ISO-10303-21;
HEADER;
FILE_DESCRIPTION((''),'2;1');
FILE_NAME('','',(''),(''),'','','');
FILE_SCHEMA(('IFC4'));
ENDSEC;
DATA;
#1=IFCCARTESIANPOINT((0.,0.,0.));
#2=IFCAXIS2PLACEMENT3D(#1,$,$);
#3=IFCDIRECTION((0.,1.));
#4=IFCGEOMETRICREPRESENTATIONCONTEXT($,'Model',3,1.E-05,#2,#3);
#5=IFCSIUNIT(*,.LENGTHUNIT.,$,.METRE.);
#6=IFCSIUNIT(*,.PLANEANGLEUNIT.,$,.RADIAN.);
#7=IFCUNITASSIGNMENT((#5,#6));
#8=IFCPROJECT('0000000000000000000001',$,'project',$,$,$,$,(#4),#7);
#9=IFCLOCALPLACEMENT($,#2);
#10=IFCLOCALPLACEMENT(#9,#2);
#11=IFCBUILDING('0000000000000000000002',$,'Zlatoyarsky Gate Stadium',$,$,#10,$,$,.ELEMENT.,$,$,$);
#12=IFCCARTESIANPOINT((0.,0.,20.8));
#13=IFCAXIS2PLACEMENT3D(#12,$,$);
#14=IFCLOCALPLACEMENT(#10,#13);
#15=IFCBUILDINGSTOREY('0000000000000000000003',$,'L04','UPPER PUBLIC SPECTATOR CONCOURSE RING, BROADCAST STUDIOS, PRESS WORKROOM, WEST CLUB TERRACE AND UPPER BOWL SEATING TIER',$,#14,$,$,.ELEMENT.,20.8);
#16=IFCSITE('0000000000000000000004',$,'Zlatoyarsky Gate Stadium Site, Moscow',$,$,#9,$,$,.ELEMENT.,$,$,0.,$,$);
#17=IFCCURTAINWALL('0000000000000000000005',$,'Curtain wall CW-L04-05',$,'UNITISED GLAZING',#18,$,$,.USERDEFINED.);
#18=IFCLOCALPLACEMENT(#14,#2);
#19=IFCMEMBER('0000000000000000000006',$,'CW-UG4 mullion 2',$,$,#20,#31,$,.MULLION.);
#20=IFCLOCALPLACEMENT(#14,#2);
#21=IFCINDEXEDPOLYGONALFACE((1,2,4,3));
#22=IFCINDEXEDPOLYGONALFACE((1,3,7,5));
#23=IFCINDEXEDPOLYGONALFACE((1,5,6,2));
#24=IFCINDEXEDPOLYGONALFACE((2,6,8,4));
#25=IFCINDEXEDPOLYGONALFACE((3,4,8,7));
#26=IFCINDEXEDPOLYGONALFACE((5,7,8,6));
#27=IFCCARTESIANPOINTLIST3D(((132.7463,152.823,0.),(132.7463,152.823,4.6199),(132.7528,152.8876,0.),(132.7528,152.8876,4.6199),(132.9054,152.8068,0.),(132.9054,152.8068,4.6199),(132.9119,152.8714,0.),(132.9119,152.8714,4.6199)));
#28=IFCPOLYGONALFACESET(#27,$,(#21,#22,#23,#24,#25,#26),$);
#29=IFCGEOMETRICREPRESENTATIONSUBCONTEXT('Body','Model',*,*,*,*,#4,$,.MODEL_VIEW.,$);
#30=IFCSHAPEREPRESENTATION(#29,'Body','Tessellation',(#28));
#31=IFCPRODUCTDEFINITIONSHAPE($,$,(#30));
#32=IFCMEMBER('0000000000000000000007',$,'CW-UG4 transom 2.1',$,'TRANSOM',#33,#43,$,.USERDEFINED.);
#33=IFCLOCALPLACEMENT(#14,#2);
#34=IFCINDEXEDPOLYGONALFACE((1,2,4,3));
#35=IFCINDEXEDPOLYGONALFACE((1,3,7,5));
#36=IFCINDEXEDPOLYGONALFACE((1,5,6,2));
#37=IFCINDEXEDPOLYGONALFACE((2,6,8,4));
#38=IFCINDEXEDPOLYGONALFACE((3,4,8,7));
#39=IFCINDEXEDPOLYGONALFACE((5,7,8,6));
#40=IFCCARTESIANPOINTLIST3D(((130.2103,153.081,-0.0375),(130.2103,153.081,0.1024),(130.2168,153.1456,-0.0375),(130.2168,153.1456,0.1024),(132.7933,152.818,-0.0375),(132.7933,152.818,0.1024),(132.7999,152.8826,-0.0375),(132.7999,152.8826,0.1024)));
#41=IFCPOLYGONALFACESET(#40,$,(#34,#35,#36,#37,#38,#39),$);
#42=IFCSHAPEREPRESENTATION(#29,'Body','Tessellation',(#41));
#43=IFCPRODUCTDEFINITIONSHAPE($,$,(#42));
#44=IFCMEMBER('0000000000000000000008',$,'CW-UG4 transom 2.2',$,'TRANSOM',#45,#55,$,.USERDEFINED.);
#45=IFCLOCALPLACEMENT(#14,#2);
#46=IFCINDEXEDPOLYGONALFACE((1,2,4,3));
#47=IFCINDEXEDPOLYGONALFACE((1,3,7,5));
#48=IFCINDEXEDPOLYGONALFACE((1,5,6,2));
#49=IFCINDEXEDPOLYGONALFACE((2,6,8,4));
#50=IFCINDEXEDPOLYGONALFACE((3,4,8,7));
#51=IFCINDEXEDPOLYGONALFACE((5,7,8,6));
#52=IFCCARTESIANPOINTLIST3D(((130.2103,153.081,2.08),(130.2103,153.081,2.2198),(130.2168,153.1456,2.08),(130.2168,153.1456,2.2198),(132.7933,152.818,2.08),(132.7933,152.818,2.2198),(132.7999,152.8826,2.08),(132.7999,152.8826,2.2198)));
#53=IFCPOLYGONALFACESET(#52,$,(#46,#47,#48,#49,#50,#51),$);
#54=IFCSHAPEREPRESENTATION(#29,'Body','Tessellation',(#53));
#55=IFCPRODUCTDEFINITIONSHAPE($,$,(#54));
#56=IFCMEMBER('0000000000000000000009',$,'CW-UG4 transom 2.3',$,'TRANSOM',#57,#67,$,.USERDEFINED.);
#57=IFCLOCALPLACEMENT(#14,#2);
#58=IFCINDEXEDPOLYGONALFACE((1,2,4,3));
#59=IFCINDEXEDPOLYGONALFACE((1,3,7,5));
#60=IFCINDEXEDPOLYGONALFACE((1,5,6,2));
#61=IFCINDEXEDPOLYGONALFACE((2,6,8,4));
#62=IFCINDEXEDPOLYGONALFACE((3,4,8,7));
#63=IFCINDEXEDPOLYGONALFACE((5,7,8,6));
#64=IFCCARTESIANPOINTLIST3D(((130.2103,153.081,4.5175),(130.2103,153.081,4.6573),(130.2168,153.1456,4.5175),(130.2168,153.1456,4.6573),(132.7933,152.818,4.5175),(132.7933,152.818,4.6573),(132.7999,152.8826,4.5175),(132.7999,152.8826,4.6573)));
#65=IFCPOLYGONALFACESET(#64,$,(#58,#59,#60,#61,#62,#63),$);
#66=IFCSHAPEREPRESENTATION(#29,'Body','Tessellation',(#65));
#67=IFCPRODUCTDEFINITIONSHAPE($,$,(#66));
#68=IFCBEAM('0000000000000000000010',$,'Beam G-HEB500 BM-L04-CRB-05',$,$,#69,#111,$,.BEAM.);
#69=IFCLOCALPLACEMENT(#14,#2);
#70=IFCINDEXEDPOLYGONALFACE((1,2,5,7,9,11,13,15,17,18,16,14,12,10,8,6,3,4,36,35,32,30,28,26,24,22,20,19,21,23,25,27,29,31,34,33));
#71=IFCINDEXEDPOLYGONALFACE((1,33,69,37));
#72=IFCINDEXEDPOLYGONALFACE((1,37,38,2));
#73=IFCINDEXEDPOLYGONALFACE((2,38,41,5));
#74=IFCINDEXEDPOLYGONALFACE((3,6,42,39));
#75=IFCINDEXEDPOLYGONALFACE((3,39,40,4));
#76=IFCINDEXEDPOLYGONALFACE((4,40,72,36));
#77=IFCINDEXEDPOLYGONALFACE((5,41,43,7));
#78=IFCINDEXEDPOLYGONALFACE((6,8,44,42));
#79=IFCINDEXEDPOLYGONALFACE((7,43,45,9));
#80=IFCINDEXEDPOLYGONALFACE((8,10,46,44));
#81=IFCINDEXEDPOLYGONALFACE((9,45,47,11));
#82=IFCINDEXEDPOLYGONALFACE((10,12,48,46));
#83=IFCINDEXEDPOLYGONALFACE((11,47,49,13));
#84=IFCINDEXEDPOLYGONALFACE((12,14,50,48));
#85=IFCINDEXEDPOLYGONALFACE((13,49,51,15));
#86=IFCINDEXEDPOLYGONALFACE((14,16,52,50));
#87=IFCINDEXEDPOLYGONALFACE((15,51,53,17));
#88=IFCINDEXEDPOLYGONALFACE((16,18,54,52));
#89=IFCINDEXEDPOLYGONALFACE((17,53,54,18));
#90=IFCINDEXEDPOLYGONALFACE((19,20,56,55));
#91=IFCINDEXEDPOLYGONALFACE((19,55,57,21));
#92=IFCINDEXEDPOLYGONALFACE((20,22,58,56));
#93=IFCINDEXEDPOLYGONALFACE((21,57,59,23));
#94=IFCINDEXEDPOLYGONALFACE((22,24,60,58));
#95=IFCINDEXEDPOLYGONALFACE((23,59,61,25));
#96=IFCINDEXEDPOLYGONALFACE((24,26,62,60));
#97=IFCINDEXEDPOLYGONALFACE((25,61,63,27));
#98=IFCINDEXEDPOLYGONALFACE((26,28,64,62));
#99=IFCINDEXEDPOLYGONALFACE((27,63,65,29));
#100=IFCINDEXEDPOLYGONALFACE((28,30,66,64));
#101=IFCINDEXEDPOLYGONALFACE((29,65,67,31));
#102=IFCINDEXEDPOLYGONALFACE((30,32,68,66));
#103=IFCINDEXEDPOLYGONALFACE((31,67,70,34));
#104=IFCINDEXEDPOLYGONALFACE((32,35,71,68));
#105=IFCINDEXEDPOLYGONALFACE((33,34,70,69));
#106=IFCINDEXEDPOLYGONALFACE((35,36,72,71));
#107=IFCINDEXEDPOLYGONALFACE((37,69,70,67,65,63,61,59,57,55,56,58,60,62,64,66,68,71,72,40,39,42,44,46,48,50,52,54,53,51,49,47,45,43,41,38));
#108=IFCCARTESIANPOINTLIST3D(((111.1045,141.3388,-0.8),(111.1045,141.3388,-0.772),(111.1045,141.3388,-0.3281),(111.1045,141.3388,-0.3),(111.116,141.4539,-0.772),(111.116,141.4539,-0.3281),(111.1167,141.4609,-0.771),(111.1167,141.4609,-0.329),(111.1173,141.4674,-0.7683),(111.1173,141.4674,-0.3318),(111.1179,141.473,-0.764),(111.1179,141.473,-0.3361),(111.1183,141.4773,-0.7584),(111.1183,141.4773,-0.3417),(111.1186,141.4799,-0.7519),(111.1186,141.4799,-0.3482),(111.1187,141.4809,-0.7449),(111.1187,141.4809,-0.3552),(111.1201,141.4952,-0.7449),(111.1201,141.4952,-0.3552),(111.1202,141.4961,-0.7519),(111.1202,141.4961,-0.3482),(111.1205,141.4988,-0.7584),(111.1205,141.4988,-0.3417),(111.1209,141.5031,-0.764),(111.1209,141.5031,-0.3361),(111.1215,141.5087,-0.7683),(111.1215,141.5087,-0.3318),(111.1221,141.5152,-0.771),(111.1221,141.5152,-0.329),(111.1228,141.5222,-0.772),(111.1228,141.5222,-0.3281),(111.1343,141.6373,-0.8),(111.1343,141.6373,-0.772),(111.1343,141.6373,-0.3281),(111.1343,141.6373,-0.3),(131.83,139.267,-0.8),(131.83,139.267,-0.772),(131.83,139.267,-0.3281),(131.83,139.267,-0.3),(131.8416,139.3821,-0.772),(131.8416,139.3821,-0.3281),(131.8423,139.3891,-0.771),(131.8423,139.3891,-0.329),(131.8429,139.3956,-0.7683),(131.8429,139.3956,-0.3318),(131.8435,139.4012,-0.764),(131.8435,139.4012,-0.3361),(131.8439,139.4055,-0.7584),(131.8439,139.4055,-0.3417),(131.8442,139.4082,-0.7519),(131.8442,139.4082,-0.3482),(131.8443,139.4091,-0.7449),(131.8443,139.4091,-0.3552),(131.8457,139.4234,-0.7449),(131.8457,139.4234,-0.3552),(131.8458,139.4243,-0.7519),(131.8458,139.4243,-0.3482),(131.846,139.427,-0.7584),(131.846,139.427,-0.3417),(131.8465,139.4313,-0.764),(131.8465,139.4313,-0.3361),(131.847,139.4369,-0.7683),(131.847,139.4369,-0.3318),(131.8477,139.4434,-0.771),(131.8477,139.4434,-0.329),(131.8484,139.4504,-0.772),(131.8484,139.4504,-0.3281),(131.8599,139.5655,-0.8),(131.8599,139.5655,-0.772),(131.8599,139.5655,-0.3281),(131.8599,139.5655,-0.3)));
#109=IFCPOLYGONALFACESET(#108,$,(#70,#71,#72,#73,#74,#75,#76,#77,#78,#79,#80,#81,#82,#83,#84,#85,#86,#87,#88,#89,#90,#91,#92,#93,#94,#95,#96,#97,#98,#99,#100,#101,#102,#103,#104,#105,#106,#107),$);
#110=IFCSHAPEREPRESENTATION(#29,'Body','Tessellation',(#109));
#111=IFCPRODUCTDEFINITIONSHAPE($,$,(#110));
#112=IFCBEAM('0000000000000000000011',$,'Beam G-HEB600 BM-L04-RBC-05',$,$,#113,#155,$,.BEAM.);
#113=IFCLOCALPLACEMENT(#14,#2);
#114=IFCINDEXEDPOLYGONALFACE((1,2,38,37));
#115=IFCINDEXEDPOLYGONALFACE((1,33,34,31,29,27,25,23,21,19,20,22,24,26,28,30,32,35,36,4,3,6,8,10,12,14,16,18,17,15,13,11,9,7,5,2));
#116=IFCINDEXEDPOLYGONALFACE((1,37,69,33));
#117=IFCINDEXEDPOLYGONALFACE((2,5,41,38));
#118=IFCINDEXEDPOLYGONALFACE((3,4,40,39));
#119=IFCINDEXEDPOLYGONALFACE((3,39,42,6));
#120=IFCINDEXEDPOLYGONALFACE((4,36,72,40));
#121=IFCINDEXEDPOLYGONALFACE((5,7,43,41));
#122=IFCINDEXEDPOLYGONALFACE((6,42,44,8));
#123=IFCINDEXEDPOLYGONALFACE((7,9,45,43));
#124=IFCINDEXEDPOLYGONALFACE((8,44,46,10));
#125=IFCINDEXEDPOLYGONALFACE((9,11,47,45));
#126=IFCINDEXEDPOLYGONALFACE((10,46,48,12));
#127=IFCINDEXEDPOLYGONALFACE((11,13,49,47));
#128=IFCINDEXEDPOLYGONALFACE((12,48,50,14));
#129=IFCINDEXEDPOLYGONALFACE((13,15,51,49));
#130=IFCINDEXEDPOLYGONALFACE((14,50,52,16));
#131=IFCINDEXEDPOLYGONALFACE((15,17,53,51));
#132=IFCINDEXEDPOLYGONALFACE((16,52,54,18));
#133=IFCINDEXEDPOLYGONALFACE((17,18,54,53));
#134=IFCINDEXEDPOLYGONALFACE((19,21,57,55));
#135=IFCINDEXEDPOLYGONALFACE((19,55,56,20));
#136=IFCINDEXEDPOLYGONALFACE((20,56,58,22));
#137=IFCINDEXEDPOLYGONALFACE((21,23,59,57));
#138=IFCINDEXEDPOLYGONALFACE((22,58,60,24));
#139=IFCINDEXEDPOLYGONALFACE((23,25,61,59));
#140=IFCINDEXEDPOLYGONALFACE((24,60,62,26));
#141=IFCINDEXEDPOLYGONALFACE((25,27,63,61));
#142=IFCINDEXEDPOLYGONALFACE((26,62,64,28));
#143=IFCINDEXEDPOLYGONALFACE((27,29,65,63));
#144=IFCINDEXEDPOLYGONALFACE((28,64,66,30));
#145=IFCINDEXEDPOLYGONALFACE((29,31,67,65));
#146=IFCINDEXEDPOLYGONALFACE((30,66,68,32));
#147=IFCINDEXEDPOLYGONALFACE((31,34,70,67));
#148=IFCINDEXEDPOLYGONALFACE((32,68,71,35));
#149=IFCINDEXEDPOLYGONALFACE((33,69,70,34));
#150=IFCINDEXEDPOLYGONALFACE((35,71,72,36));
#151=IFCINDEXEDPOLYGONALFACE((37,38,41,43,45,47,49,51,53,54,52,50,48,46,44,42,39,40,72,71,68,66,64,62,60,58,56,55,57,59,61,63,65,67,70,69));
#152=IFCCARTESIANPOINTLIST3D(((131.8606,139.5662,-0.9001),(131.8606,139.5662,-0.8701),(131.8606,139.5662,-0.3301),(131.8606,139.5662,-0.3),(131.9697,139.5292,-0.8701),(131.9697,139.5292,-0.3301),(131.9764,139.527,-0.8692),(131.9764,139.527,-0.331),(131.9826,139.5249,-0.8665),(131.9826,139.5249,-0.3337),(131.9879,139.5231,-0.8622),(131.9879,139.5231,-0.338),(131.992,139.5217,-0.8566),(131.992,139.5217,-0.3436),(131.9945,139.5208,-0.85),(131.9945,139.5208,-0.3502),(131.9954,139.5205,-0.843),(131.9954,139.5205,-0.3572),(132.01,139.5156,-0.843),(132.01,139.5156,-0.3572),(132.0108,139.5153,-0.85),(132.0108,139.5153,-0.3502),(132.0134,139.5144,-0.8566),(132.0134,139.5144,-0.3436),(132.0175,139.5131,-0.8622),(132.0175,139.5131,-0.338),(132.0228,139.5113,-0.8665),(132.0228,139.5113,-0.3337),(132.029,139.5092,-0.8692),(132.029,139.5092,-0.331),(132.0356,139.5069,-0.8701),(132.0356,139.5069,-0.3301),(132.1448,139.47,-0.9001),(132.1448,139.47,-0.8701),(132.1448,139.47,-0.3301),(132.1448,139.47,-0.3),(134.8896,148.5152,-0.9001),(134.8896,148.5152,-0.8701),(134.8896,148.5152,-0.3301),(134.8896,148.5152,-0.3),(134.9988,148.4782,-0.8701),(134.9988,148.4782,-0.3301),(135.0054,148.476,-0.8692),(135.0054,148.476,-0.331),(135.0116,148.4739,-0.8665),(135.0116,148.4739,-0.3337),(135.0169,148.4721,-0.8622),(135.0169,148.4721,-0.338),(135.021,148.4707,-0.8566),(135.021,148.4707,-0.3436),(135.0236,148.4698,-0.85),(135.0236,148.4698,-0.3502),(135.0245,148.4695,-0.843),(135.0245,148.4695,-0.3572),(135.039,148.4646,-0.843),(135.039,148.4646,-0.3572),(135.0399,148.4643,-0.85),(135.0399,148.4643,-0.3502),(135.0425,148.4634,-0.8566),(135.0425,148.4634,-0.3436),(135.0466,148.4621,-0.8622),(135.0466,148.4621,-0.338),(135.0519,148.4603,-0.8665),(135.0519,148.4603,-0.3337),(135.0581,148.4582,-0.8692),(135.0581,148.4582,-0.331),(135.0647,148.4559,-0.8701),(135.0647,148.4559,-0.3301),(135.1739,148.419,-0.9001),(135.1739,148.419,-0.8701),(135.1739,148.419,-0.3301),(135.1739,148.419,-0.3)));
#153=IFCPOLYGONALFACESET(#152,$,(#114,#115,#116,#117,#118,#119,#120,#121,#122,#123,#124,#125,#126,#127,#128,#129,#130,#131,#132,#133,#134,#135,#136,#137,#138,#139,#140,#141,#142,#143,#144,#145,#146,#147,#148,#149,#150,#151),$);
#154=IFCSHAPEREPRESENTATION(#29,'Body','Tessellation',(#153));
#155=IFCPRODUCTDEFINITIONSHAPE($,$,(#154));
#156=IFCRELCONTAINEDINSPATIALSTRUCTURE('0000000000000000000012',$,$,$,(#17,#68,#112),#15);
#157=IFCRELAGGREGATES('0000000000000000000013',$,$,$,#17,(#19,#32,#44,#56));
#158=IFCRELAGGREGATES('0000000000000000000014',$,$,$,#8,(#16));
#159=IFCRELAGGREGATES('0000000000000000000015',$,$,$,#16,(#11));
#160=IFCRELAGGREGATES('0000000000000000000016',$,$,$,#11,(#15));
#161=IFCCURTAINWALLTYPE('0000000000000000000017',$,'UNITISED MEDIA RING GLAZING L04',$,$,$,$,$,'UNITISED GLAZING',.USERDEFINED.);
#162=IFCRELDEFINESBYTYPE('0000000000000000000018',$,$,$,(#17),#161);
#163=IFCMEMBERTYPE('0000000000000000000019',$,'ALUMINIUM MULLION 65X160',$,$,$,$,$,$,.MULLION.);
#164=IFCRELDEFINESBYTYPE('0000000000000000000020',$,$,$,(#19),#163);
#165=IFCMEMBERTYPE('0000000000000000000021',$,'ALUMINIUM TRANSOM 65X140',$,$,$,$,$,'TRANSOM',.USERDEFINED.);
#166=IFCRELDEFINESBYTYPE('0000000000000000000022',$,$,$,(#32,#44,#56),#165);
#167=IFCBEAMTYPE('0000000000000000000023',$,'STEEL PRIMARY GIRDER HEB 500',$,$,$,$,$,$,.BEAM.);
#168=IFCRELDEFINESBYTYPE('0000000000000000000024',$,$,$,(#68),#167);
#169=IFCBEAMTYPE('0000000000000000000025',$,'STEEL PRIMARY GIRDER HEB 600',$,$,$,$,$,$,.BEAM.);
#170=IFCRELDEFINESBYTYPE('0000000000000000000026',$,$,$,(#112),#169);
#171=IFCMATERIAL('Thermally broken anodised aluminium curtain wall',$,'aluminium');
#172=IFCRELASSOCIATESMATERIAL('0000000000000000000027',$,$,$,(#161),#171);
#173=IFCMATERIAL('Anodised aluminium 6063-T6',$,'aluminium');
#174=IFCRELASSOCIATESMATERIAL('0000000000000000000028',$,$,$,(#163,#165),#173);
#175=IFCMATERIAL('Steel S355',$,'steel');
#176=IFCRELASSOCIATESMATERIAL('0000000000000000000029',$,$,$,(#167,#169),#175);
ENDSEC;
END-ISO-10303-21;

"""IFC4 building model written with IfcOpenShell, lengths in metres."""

from ifc_helpers import new_model, si_unit, direction, frame, origin, origin_2d, place, context, subcontext, project, spatial, rectangle, i_section, extrude, material, material_profile, profile_set, type_object, element, aggregate, save


model = new_model("IFC4")

# Units and contexts
model_context = context("Model", 3, precision=1e-05, world=origin(), true_north=direction((0.0, 1.0)))
body_context = subcontext(model_context, "Body", "Model", "MODEL_VIEW")
ifc_project = project(units=[si_unit("LENGTHUNIT", "METRE"), si_unit("PLANEANGLEUNIT", "RADIAN")], contexts=[model_context])

# Site, building, storey
site_placement = place(None, origin())
site = spatial("IfcSite", under=ifc_project, at=site_placement, Name="Zlatoyarsky Gate Stadium Site, Moscow", CompositionType="ELEMENT", RefElevation=0.0)
building_placement = place(site_placement, origin())
building = spatial("IfcBuilding", under=site, at=building_placement, Name="Zlatoyarsky Gate Stadium", CompositionType="ELEMENT")
storey_placement = place(building_placement, frame((0.0, 0.0, 20.8)))
storey = spatial("IfcBuildingStorey", under=building, at=storey_placement, Name="L04", Description="UPPER PUBLIC SPECTATOR CONCOURSE RING, BROADCAST STUDIOS, PRESS WORKROOM, WEST CLUB TERRACE AND UPPER BOWL SEATING TIER", CompositionType="ELEMENT", Elevation=20.8)

# Curtain wall, members
ifc_material_1 = material(Name="Thermally broken anodised aluminium curtain wall", Category="aluminium")
curtain_wall_type = type_object("IfcCurtainWallType", Name="UNITISED MEDIA RING GLAZING L04", ElementType="UNITISED GLAZING", PredefinedType="USERDEFINED", material=ifc_material_1)
curtain_wall_placement = place(storey_placement, origin())
curtain_wall = element("IfcCurtainWall", 1, at=curtain_wall_placement, inside=storey, type_object=curtain_wall_type, Name="Curtain wall CW-L04-05", ObjectType="UNITISED GLAZING", PredefinedType="USERDEFINED")
ifc_material_2 = material(Name="Anodised aluminium 6063-T6", Category="aluminium")
ifc_material_profile_1 = material_profile(ifc_material_2, rectangle(XDim=0.0649, YDim=0.1599, at=origin_2d()), Name="ALU 65X160")
ifc_profile_set_1 = profile_set([ifc_material_profile_1], Name="Anodised aluminium 6063-T6")
member_type_1 = type_object("IfcMemberType", Name="ALUMINIUM MULLION 65X160", PredefinedType="MULLION", material=ifc_profile_set_1)
member_1_placement = place(storey_placement, frame((132.8291, 152.8472, 0.0), z_axis=(0.0, 0.0, 1.0), x_axis=(-0.101293, -0.994857, 0.0)))
member_1 = element("IfcMember", 2, at=member_1_placement, type_object=member_type_1, Name="CW-UG4 mullion 2", PredefinedType="MULLION", context=body_context, shape_type="SweptSolid", body=[
    extrude(rectangle(XDim=0.0649, YDim=0.1599, at=origin_2d()), origin(), (0.0, 0.0, 1.0), 4.6199),
])
ifc_material_profile_2 = material_profile(ifc_material_2, rectangle(XDim=0.0649, YDim=0.1399, at=origin_2d()), Name="ALU 65X140")
ifc_profile_set_2 = profile_set([ifc_material_profile_2], Name="Anodised aluminium 6063-T6")
member_type_2 = type_object("IfcMemberType", Name="ALUMINIUM TRANSOM 65X140", ElementType="TRANSOM", PredefinedType="USERDEFINED", material=ifc_profile_set_2)
member_2_placement = place(storey_placement, frame((132.7966, 152.8503, 0.0325), z_axis=(-0.994859, 0.101272, 0.0), x_axis=(-0.101272, -0.994859, 0.0)))
member_2 = element("IfcMember", 3, at=member_2_placement, type_object=member_type_2, Name="CW-UG4 transom 2.1", ObjectType="TRANSOM", PredefinedType="USERDEFINED", context=body_context, shape_type="SweptSolid", body=[
    extrude(rectangle(XDim=0.0649, YDim=0.1399, at=origin_2d()), origin(), (0.0, 0.0, 1.0), 2.5964),
])
member_3_placement = place(storey_placement, frame((132.7966, 152.8503, 2.1499), z_axis=(-0.994859, 0.101272, 0.0), x_axis=(-0.101272, -0.994859, 0.0)))
member_3 = element("IfcMember", 4, at=member_3_placement, type_object=member_type_2, Name="CW-UG4 transom 2.2", ObjectType="TRANSOM", PredefinedType="USERDEFINED", context=body_context, shape_type="SweptSolid", body=[
    extrude(rectangle(XDim=0.0649, YDim=0.1399, at=origin_2d()), origin(), (0.0, 0.0, 1.0), 2.5964),
])
member_4_placement = place(storey_placement, frame((132.7966, 152.8503, 4.5874), z_axis=(-0.994859, 0.101272, 0.0), x_axis=(-0.101272, -0.994859, 0.0)))
member_4 = element("IfcMember", 5, at=member_4_placement, type_object=member_type_2, Name="CW-UG4 transom 2.3", ObjectType="TRANSOM", PredefinedType="USERDEFINED", context=body_context, shape_type="SweptSolid", body=[
    extrude(rectangle(XDim=0.0649, YDim=0.1399, at=origin_2d()), origin(), (0.0, 0.0, 1.0), 2.5964),
])

# Beams
ifc_material_3 = material(Name="Steel S355", Category="steel")
ifc_material_profile_3 = material_profile(ifc_material_3, i_section(OverallWidth=0.3, OverallDepth=0.5, WebThickness=0.0144, FlangeThickness=0.0281, FilletRadius=0.0271, at=origin_2d()), Name="HEB 500")
ifc_profile_set_3 = profile_set([ifc_material_profile_3], Name="Steel S355")
beam_type_1 = type_object("IfcBeamType", Name="STEEL PRIMARY GIRDER HEB 500", PredefinedType="BEAM", material=ifc_profile_set_3)
beam_1_placement = place(storey_placement, frame((131.845, 139.4163, -0.55), z_axis=(-0.995041, 0.099467, 0.0), x_axis=(-0.099467, -0.995041, 0.0)))
element("IfcBeam", 6, at=beam_1_placement, inside=storey, type_object=beam_type_1, Name="Beam G-HEB500 BM-L04-CRB-05", PredefinedType="BEAM", context=body_context, shape_type="SweptSolid", body=[
    extrude(i_section(OverallWidth=0.3, OverallDepth=0.5, WebThickness=0.0144, FlangeThickness=0.0281, FilletRadius=0.0271, at=origin_2d()), origin(), (0.0, 0.0, 1.0), 20.8289),
])
ifc_material_profile_4 = material_profile(ifc_material_3, i_section(OverallWidth=0.3, OverallDepth=0.6001, WebThickness=0.0154, FlangeThickness=0.03, FilletRadius=0.0271, at=origin_2d()), Name="HEB 600")
ifc_profile_set_4 = profile_set([ifc_material_profile_4], Name="Steel S355")
beam_type_2 = type_object("IfcBeamType", Name="STEEL PRIMARY GIRDER HEB 600", PredefinedType="BEAM", material=ifc_profile_set_4)
beam_2_placement = place(storey_placement, frame((132.0027, 139.5181, -0.6001), z_axis=(0.320612, 0.947211, 0.0), x_axis=(-0.947211, 0.320612, 0.0)))
element("IfcBeam", 7, at=beam_2_placement, inside=storey, type_object=beam_type_2, Name="Beam G-HEB600 BM-L04-RBC-05", PredefinedType="BEAM", context=body_context, shape_type="SweptSolid", body=[
    extrude(i_section(OverallWidth=0.3, OverallDepth=0.6001, WebThickness=0.0154, FlangeThickness=0.03, FilletRadius=0.0271, at=origin_2d()), origin(), (0.0, 0.0, 1.0), 9.4478),
])

aggregate(curtain_wall, [member_1, member_2, member_3, member_4])

save(model, "model.ifc")
